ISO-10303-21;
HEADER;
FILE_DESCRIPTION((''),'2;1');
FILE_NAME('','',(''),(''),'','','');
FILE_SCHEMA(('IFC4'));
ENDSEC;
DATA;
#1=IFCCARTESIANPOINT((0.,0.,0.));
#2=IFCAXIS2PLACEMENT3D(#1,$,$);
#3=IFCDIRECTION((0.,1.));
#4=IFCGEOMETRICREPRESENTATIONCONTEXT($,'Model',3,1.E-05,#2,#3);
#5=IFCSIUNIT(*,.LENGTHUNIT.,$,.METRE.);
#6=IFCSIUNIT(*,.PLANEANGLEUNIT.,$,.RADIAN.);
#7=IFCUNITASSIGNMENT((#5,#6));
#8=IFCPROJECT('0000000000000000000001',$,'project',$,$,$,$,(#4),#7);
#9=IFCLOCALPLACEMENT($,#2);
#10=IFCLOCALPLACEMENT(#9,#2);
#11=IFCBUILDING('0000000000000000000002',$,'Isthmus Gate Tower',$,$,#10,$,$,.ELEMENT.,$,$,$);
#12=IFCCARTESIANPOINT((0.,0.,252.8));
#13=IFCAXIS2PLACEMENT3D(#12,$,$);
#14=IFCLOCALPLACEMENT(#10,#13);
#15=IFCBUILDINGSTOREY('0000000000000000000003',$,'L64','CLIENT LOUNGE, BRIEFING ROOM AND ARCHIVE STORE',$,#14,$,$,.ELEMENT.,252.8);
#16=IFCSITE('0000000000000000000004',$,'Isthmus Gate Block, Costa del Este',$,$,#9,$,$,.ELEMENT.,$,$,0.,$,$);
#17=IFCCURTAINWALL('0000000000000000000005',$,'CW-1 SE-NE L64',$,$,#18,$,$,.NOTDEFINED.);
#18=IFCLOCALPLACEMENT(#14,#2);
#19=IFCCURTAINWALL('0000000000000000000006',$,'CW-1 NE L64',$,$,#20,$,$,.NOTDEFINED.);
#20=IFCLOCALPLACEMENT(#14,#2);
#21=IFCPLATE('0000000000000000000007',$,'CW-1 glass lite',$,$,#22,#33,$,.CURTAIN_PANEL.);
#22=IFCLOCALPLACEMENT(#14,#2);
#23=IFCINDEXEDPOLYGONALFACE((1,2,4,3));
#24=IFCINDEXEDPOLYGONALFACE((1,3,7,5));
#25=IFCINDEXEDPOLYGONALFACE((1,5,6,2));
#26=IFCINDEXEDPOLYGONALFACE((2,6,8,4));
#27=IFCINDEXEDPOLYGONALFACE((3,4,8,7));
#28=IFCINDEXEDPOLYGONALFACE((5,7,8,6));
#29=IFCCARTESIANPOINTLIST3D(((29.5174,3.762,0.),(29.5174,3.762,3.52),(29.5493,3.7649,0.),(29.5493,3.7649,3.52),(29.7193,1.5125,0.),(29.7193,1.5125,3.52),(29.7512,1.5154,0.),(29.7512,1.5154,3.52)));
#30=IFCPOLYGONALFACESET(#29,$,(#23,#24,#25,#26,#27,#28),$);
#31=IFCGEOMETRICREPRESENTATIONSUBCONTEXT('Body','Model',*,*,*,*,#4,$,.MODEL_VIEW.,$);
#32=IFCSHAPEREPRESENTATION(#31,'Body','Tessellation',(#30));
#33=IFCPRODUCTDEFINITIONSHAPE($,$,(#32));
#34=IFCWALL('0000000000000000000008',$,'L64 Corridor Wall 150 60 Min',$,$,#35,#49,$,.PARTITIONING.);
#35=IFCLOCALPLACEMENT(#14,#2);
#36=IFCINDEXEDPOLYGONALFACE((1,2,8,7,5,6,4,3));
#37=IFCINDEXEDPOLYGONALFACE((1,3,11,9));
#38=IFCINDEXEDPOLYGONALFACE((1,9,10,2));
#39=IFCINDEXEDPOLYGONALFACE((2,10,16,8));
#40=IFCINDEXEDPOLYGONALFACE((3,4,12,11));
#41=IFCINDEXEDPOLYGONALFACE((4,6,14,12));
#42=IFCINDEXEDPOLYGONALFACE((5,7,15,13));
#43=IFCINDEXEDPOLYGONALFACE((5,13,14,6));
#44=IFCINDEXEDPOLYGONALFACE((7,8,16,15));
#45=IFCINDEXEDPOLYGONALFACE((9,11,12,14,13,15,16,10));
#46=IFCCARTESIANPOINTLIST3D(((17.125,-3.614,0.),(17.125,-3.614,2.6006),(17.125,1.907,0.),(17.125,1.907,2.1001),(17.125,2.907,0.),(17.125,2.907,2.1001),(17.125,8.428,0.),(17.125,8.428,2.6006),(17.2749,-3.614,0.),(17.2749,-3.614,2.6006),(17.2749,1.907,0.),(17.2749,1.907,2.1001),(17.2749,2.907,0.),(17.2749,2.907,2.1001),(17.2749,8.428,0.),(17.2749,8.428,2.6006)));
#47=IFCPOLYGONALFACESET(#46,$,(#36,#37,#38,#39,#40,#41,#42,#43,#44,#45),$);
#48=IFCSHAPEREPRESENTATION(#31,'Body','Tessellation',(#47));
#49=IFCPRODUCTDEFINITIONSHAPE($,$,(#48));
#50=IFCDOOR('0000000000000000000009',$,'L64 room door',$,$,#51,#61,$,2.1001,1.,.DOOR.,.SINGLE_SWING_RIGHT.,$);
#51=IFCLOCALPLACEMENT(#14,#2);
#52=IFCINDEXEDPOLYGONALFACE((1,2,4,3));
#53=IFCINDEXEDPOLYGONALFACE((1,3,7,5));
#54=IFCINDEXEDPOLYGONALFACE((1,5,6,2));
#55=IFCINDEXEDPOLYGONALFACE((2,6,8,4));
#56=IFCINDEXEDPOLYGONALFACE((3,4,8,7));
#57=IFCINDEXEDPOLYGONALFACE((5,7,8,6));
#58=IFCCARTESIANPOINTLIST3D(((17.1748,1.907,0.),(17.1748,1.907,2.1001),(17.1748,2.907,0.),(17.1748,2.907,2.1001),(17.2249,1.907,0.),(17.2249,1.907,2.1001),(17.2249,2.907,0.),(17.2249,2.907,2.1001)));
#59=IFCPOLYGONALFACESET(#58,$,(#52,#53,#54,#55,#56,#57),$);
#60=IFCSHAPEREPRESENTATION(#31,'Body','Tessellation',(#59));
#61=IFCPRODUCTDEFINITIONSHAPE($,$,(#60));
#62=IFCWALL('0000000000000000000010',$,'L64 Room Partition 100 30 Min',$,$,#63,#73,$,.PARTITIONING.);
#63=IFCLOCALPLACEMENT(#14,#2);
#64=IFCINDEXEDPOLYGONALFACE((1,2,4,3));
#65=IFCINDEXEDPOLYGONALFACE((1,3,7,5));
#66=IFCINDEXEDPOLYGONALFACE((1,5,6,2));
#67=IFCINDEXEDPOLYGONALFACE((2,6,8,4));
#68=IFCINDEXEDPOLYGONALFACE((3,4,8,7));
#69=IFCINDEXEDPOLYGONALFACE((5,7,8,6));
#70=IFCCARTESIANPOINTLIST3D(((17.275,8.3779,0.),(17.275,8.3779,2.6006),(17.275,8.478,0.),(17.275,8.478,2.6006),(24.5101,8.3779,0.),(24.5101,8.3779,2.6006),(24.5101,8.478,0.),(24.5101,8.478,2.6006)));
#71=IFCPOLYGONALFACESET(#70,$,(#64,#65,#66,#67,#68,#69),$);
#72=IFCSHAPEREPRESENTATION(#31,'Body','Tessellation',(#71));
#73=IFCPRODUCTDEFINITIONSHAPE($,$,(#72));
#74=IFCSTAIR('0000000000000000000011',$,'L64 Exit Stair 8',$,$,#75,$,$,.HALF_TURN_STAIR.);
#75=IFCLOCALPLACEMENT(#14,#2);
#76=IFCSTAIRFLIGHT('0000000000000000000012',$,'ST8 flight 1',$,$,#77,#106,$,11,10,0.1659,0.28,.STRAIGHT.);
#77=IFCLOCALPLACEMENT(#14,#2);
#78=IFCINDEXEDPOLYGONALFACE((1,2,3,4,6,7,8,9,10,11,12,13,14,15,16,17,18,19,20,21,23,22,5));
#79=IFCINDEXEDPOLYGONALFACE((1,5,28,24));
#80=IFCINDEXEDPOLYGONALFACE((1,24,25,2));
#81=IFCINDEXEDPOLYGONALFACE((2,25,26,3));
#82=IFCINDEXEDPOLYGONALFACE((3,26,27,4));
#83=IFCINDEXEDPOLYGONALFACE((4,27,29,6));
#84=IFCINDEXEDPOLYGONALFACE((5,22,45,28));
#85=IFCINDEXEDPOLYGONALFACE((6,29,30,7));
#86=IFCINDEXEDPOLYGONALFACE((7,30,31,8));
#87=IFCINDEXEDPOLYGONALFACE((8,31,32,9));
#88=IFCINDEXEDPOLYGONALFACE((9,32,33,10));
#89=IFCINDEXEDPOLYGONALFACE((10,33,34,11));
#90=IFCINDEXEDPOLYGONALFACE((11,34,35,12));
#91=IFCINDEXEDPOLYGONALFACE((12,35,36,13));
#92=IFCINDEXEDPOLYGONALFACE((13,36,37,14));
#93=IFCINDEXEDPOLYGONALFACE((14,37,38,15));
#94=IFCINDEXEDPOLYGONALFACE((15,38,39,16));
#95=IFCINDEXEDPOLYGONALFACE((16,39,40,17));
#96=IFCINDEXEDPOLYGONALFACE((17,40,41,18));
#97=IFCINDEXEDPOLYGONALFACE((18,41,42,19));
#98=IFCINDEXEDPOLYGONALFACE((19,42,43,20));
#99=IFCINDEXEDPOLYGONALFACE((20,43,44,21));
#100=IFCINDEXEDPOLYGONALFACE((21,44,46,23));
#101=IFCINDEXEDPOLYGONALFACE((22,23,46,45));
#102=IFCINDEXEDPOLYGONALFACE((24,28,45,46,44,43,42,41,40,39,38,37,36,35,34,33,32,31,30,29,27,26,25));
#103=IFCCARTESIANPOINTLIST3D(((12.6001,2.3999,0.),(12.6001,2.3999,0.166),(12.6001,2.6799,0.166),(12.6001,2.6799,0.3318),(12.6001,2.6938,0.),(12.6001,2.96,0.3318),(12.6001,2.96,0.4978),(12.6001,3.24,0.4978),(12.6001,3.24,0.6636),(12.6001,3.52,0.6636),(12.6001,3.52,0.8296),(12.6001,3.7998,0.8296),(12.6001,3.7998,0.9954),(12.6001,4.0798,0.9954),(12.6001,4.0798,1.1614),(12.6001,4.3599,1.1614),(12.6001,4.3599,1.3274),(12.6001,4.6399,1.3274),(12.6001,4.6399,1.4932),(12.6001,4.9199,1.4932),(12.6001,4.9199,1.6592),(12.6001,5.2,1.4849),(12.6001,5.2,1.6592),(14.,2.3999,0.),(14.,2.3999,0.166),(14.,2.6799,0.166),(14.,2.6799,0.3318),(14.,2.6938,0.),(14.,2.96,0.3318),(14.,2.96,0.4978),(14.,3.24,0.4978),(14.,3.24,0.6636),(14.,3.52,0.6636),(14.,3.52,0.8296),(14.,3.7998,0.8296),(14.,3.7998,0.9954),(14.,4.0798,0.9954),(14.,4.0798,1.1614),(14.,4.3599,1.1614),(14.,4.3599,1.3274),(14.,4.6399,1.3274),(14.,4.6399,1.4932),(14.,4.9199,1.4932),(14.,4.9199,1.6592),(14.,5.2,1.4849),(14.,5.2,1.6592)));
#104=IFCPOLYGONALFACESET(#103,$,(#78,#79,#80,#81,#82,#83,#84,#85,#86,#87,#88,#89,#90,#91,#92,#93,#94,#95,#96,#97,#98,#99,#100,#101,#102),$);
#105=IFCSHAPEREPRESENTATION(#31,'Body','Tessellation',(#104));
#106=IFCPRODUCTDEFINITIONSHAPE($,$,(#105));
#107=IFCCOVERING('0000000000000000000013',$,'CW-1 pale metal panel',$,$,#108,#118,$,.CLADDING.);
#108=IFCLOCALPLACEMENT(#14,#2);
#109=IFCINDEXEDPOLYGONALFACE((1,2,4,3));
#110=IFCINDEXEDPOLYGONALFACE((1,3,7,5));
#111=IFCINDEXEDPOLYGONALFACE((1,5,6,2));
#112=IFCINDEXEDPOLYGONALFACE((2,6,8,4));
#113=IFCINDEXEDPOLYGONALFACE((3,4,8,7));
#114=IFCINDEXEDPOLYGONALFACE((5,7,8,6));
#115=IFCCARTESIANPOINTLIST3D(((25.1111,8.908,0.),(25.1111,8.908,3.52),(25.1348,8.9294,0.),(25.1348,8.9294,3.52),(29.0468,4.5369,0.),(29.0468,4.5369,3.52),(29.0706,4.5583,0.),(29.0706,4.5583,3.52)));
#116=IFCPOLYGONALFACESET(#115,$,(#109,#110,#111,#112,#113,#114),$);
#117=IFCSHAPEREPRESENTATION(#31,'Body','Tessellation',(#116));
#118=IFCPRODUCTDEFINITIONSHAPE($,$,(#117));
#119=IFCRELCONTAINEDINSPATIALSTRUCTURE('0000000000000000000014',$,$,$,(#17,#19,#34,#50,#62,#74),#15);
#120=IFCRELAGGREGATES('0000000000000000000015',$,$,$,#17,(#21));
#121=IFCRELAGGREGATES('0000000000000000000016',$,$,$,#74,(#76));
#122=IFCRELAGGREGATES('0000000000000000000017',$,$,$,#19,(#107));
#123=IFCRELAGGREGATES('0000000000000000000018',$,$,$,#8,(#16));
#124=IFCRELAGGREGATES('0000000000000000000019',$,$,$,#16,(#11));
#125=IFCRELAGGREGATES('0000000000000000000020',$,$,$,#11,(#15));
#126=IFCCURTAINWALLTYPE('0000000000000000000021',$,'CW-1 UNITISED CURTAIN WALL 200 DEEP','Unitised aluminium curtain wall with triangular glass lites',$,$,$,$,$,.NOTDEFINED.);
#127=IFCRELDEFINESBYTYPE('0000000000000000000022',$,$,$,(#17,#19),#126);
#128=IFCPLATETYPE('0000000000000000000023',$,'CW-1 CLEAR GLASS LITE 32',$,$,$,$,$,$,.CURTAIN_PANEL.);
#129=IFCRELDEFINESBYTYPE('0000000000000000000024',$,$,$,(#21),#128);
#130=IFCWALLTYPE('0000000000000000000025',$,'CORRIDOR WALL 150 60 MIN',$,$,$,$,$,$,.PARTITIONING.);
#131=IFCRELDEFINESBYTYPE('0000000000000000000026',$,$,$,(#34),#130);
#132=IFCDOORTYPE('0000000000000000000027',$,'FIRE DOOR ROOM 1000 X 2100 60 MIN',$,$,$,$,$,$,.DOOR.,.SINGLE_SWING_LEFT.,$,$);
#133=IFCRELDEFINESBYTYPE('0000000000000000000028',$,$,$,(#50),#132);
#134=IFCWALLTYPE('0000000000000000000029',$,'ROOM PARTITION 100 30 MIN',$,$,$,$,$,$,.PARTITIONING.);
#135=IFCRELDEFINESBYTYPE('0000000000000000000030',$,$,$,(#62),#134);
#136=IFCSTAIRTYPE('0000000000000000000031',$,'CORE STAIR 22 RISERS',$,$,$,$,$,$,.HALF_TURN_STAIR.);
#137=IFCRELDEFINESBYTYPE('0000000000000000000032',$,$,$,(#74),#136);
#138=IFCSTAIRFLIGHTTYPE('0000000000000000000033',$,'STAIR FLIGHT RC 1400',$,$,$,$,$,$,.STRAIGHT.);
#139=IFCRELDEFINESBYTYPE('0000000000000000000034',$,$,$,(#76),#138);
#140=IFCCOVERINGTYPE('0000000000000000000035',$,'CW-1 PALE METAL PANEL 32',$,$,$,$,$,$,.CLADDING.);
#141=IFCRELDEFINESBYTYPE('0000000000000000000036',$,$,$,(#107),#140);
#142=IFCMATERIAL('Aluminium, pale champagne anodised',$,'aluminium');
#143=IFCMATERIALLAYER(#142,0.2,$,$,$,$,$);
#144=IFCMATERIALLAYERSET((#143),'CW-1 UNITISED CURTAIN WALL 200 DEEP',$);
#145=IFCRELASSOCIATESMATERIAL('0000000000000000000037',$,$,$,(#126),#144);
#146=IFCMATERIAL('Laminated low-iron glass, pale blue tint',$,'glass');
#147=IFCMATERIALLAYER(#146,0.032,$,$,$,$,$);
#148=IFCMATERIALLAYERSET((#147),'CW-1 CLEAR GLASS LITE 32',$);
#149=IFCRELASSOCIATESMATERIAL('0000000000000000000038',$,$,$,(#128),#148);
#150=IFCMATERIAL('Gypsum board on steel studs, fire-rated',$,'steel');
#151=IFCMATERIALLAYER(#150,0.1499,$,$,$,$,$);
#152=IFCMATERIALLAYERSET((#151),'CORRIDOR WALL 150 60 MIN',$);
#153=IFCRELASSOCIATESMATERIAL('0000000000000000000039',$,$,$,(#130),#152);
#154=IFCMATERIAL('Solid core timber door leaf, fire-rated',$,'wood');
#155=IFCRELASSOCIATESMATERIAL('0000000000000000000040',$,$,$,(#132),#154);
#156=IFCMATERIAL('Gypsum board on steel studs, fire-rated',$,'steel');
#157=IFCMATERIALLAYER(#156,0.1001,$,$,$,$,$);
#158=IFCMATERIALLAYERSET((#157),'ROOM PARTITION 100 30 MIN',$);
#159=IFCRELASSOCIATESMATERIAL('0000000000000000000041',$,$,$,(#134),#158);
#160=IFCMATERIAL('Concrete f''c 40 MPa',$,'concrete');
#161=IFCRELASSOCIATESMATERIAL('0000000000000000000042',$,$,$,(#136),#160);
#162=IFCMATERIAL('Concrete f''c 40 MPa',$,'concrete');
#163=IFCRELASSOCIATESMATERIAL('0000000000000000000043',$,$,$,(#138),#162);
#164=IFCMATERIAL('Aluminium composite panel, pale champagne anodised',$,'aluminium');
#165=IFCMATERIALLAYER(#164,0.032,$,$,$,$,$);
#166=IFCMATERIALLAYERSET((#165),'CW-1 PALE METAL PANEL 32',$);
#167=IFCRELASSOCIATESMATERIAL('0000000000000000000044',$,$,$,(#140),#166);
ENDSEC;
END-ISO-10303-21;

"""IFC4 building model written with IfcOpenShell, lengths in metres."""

from ifc_helpers import new_model, si_unit, direction, frame, frame_2d, origin, origin_2d, place, context, subcontext, project, spatial, polyline, rectangle, outline, extrude, material, layer, layer_set, type_object, element, fill, aggregate, save


model = new_model("IFC4")

# Units and contexts
model_context = context("Model", 3, precision=1e-05, world=origin(), true_north=direction((0.0, 1.0)))
body_context = subcontext(model_context, "Body", "Model", "MODEL_VIEW")
ifc_project = project(units=[si_unit("LENGTHUNIT", "METRE"), si_unit("PLANEANGLEUNIT", "RADIAN")], contexts=[model_context])

# Site, building, storey
site_placement = place(None, origin())
site = spatial("IfcSite", under=ifc_project, at=site_placement, Name="Isthmus Gate Block, Costa del Este", CompositionType="ELEMENT", RefElevation=0.0)
building_placement = place(site_placement, origin())
building = spatial("IfcBuilding", under=site, at=building_placement, Name="Isthmus Gate Tower", CompositionType="ELEMENT")
storey_placement = place(building_placement, frame((0.0, 0.0, 252.8)))
storey = spatial("IfcBuildingStorey", under=building, at=storey_placement, Name="L64", Description="CLIENT LOUNGE, BRIEFING ROOM AND ARCHIVE STORE", CompositionType="ELEMENT", Elevation=252.8)

# Curtain walls
ifc_material_1 = material(Name="Aluminium, pale champagne anodised", Category="aluminium")
ifc_layer_1 = layer(ifc_material_1, 0.2)
ifc_layer_set_1 = layer_set([ifc_layer_1], Name="CW-1 UNITISED CURTAIN WALL 200 DEEP")
curtain_wall_type = type_object("IfcCurtainWallType", Name="CW-1 UNITISED CURTAIN WALL 200 DEEP", Description="Unitised aluminium curtain wall with triangular glass lites", PredefinedType="NOTDEFINED", material=ifc_layer_set_1)
curtain_wall_1_placement = place(storey_placement, origin())
curtain_wall_1 = element("IfcCurtainWall", 1, at=curtain_wall_1_placement, inside=storey, type_object=curtain_wall_type, Name="CW-1 SE-NE L64", PredefinedType="NOTDEFINED")
curtain_wall_2_placement = place(storey_placement, origin())
curtain_wall_2 = element("IfcCurtainWall", 2, at=curtain_wall_2_placement, inside=storey, type_object=curtain_wall_type, Name="CW-1 NE L64", PredefinedType="NOTDEFINED")

# Plate
ifc_material_2 = material(Name="Laminated low-iron glass, pale blue tint", Category="glass")
ifc_layer_2 = layer(ifc_material_2, 0.032)
ifc_layer_set_2 = layer_set([ifc_layer_2], Name="CW-1 CLEAR GLASS LITE 32")
plate_type = type_object("IfcPlateType", Name="CW-1 CLEAR GLASS LITE 32", PredefinedType="CURTAIN_PANEL", material=ifc_layer_set_2)
plate_placement = place(storey_placement, frame((29.6343, 2.6387, 0.0), z_axis=(0.0, 0.0, 1.0), x_axis=(-0.089397, 0.995996, 0.0)))
plate = element("IfcPlate", 3, at=plate_placement, type_object=plate_type, Name="CW-1 glass lite", PredefinedType="CURTAIN_PANEL", context=body_context, shape_type="SweptSolid", body=[
    extrude(rectangle(XDim=2.2585, YDim=0.032, at=origin_2d()), origin(), (0.0, 0.0, 1.0), 3.52),
])
aggregate(curtain_wall_1, [plate])

# Wall, opening, door
ifc_material_3 = material(Name="Gypsum board on steel studs, fire-rated", Category="steel")
ifc_layer_3 = layer(ifc_material_3, 0.1499)
ifc_layer_set_3 = layer_set([ifc_layer_3], Name="CORRIDOR WALL 150 60 MIN")
wall_type_1 = type_object("IfcWallType", Name="CORRIDOR WALL 150 60 MIN", PredefinedType="PARTITIONING", material=ifc_layer_set_3)
wall_1_placement = place(storey_placement, frame((17.2, 8.428, 0.0), z_axis=(0.0, 0.0, 1.0), x_axis=(0.0, -1.0, 0.0)))
wall_1 = element("IfcWall", 4, at=wall_1_placement, inside=storey, type_object=wall_type_1, Name="L64 Corridor Wall 150 60 Min", PredefinedType="PARTITIONING", context=body_context, shape_type="SweptSolid", body=[
    extrude(rectangle(XDim=12.042, YDim=0.1499, at=frame_2d((6.021, 0.0))), origin(), (0.0, 0.0, 1.0), 2.6006),
])
opening_placement = place(wall_1_placement, frame((5.521, 0.0, 0.0)))
opening = element("IfcOpeningElement", 5, at=opening_placement, cuts=wall_1, PredefinedType="OPENING", context=body_context, shape_type="SweptSolid", body=[
    extrude(rectangle(XDim=1.0, YDim=2.1001, at=frame_2d((0.5, 1.05))), frame((0.0, 0.085, 0.0), z_axis=(0.0, -1.0, 0.0), x_axis=(1.0, 0.0, 0.0)), (0.0, 0.0, 1.0), 0.1699),
])
ifc_material_4 = material(Name="Solid core timber door leaf, fire-rated", Category="wood")
door_type = type_object("IfcDoorType", Name="FIRE DOOR ROOM 1000 X 2100 60 MIN", OperationType="SINGLE_SWING_LEFT", PredefinedType="DOOR", material=ifc_material_4)
door_placement = place(opening_placement, origin())
door = element("IfcDoor", 6, at=door_placement, inside=storey, type_object=door_type, Name="L64 room door", OperationType="SINGLE_SWING_RIGHT", OverallHeight=2.1001, OverallWidth=1.0, PredefinedType="DOOR", context=body_context, shape_type="SweptSolid", body=[
    extrude(rectangle(XDim=1.0, YDim=2.1001, at=frame_2d((0.5, 1.05))), frame((0.0, 0.0249, 0.0), z_axis=(0.0, -1.0, 0.0), x_axis=(1.0, 0.0, 0.0)), (0.0, 0.0, 1.0), 0.05),
])
fill(opening, door)

# Wall
ifc_material_5 = material(Name="Gypsum board on steel studs, fire-rated", Category="steel")
ifc_layer_4 = layer(ifc_material_5, 0.1001)
ifc_layer_set_4 = layer_set([ifc_layer_4], Name="ROOM PARTITION 100 30 MIN")
wall_type_2 = type_object("IfcWallType", Name="ROOM PARTITION 100 30 MIN", PredefinedType="PARTITIONING", material=ifc_layer_set_4)
wall_2_placement = place(storey_placement, frame((17.2749, 8.428, 0.0), z_axis=(0.0, 0.0, 1.0), x_axis=(1.0, 0.0, 0.0)))
element("IfcWall", 7, at=wall_2_placement, inside=storey, type_object=wall_type_2, Name="L64 Room Partition 100 30 Min", PredefinedType="PARTITIONING", context=body_context, shape_type="SweptSolid", body=[
    extrude(rectangle(XDim=7.2351, YDim=0.1001, at=frame_2d((3.6177, 0.0))), origin(), (0.0, 0.0, 1.0), 2.6006),
])

# Stair, stair flight
ifc_material_6 = material(Name="Concrete f'c 40 MPa", Category="concrete")
stair_type = type_object("IfcStairType", Name="CORE STAIR 22 RISERS", PredefinedType="HALF_TURN_STAIR", material=ifc_material_6)
stair_placement = place(storey_placement, origin())
stair = element("IfcStair", 8, at=stair_placement, inside=storey, type_object=stair_type, Name="L64 Exit Stair 8", PredefinedType="HALF_TURN_STAIR")
ifc_material_7 = material(Name="Concrete f'c 40 MPa", Category="concrete")
stair_flight_type = type_object("IfcStairFlightType", Name="STAIR FLIGHT RC 1400", PredefinedType="STRAIGHT", material=ifc_material_7)
stair_flight_placement = place(storey_placement, frame((13.3, 2.3999, 0.0), z_axis=(0.0, 0.0, 1.0), x_axis=(0.0, 1.0, 0.0)))
stair_flight = element("IfcStairFlight", 9, at=stair_flight_placement, type_object=stair_flight_type, Name="ST8 flight 1", NumberOfRisers=11, NumberOfTreads=10, PredefinedType="STRAIGHT", RiserHeight=0.1659, TreadLength=0.28, context=body_context, shape_type="SweptSolid", body=[
    extrude(outline(polyline([(0.0, 0.0), (0.0, 0.166), (0.28, 0.166), (0.28, 0.3318), (0.5601, 0.3318), (0.5601, 0.4978), (0.8401, 0.4978), (0.8401, 0.6636), (1.1201, 0.6636), (1.1201, 0.8296), (1.3999, 0.8296), (1.3999, 0.9954), (1.6799, 0.9954), (1.6799, 1.1614), (1.96, 1.1614), (1.96, 1.3274), (2.24, 1.3274), (2.24, 1.4932), (2.52, 1.4932), (2.52, 1.6592), (2.8, 1.6592), (2.8, 1.825), (2.8, 1.4849), (0.2939, 0.0), (0.0, 0.0)])), frame((0.0, 0.7, 0.0), z_axis=(0.0, -1.0, 0.0), x_axis=(1.0, 0.0, 0.0)), (0.0, 0.0, 1.0), 1.3999),
])
aggregate(stair, [stair_flight])

# Covering
ifc_material_8 = material(Name="Aluminium composite panel, pale champagne anodised", Category="aluminium")
ifc_layer_5 = layer(ifc_material_8, 0.032)
ifc_layer_set_5 = layer_set([ifc_layer_5], Name="CW-1 PALE METAL PANEL 32")
covering_type = type_object("IfcCoveringType", Name="CW-1 PALE METAL PANEL 32", PredefinedType="CLADDING", material=ifc_layer_set_5)
covering_placement = place(storey_placement, frame((27.0908, 6.7332, 0.0), z_axis=(0.0, 0.0, 1.0), x_axis=(-0.669131, 0.743145, 0.0)))
covering = element("IfcCovering", 10, at=covering_placement, type_object=covering_type, Name="CW-1 pale metal panel", PredefinedType="CLADDING", context=body_context, shape_type="SweptSolid", body=[
    extrude(rectangle(XDim=5.8818, YDim=0.032, at=origin_2d()), origin(), (0.0, 0.0, 1.0), 3.52),
])
aggregate(curtain_wall_2, [covering])

save(model, "model.ifc")
